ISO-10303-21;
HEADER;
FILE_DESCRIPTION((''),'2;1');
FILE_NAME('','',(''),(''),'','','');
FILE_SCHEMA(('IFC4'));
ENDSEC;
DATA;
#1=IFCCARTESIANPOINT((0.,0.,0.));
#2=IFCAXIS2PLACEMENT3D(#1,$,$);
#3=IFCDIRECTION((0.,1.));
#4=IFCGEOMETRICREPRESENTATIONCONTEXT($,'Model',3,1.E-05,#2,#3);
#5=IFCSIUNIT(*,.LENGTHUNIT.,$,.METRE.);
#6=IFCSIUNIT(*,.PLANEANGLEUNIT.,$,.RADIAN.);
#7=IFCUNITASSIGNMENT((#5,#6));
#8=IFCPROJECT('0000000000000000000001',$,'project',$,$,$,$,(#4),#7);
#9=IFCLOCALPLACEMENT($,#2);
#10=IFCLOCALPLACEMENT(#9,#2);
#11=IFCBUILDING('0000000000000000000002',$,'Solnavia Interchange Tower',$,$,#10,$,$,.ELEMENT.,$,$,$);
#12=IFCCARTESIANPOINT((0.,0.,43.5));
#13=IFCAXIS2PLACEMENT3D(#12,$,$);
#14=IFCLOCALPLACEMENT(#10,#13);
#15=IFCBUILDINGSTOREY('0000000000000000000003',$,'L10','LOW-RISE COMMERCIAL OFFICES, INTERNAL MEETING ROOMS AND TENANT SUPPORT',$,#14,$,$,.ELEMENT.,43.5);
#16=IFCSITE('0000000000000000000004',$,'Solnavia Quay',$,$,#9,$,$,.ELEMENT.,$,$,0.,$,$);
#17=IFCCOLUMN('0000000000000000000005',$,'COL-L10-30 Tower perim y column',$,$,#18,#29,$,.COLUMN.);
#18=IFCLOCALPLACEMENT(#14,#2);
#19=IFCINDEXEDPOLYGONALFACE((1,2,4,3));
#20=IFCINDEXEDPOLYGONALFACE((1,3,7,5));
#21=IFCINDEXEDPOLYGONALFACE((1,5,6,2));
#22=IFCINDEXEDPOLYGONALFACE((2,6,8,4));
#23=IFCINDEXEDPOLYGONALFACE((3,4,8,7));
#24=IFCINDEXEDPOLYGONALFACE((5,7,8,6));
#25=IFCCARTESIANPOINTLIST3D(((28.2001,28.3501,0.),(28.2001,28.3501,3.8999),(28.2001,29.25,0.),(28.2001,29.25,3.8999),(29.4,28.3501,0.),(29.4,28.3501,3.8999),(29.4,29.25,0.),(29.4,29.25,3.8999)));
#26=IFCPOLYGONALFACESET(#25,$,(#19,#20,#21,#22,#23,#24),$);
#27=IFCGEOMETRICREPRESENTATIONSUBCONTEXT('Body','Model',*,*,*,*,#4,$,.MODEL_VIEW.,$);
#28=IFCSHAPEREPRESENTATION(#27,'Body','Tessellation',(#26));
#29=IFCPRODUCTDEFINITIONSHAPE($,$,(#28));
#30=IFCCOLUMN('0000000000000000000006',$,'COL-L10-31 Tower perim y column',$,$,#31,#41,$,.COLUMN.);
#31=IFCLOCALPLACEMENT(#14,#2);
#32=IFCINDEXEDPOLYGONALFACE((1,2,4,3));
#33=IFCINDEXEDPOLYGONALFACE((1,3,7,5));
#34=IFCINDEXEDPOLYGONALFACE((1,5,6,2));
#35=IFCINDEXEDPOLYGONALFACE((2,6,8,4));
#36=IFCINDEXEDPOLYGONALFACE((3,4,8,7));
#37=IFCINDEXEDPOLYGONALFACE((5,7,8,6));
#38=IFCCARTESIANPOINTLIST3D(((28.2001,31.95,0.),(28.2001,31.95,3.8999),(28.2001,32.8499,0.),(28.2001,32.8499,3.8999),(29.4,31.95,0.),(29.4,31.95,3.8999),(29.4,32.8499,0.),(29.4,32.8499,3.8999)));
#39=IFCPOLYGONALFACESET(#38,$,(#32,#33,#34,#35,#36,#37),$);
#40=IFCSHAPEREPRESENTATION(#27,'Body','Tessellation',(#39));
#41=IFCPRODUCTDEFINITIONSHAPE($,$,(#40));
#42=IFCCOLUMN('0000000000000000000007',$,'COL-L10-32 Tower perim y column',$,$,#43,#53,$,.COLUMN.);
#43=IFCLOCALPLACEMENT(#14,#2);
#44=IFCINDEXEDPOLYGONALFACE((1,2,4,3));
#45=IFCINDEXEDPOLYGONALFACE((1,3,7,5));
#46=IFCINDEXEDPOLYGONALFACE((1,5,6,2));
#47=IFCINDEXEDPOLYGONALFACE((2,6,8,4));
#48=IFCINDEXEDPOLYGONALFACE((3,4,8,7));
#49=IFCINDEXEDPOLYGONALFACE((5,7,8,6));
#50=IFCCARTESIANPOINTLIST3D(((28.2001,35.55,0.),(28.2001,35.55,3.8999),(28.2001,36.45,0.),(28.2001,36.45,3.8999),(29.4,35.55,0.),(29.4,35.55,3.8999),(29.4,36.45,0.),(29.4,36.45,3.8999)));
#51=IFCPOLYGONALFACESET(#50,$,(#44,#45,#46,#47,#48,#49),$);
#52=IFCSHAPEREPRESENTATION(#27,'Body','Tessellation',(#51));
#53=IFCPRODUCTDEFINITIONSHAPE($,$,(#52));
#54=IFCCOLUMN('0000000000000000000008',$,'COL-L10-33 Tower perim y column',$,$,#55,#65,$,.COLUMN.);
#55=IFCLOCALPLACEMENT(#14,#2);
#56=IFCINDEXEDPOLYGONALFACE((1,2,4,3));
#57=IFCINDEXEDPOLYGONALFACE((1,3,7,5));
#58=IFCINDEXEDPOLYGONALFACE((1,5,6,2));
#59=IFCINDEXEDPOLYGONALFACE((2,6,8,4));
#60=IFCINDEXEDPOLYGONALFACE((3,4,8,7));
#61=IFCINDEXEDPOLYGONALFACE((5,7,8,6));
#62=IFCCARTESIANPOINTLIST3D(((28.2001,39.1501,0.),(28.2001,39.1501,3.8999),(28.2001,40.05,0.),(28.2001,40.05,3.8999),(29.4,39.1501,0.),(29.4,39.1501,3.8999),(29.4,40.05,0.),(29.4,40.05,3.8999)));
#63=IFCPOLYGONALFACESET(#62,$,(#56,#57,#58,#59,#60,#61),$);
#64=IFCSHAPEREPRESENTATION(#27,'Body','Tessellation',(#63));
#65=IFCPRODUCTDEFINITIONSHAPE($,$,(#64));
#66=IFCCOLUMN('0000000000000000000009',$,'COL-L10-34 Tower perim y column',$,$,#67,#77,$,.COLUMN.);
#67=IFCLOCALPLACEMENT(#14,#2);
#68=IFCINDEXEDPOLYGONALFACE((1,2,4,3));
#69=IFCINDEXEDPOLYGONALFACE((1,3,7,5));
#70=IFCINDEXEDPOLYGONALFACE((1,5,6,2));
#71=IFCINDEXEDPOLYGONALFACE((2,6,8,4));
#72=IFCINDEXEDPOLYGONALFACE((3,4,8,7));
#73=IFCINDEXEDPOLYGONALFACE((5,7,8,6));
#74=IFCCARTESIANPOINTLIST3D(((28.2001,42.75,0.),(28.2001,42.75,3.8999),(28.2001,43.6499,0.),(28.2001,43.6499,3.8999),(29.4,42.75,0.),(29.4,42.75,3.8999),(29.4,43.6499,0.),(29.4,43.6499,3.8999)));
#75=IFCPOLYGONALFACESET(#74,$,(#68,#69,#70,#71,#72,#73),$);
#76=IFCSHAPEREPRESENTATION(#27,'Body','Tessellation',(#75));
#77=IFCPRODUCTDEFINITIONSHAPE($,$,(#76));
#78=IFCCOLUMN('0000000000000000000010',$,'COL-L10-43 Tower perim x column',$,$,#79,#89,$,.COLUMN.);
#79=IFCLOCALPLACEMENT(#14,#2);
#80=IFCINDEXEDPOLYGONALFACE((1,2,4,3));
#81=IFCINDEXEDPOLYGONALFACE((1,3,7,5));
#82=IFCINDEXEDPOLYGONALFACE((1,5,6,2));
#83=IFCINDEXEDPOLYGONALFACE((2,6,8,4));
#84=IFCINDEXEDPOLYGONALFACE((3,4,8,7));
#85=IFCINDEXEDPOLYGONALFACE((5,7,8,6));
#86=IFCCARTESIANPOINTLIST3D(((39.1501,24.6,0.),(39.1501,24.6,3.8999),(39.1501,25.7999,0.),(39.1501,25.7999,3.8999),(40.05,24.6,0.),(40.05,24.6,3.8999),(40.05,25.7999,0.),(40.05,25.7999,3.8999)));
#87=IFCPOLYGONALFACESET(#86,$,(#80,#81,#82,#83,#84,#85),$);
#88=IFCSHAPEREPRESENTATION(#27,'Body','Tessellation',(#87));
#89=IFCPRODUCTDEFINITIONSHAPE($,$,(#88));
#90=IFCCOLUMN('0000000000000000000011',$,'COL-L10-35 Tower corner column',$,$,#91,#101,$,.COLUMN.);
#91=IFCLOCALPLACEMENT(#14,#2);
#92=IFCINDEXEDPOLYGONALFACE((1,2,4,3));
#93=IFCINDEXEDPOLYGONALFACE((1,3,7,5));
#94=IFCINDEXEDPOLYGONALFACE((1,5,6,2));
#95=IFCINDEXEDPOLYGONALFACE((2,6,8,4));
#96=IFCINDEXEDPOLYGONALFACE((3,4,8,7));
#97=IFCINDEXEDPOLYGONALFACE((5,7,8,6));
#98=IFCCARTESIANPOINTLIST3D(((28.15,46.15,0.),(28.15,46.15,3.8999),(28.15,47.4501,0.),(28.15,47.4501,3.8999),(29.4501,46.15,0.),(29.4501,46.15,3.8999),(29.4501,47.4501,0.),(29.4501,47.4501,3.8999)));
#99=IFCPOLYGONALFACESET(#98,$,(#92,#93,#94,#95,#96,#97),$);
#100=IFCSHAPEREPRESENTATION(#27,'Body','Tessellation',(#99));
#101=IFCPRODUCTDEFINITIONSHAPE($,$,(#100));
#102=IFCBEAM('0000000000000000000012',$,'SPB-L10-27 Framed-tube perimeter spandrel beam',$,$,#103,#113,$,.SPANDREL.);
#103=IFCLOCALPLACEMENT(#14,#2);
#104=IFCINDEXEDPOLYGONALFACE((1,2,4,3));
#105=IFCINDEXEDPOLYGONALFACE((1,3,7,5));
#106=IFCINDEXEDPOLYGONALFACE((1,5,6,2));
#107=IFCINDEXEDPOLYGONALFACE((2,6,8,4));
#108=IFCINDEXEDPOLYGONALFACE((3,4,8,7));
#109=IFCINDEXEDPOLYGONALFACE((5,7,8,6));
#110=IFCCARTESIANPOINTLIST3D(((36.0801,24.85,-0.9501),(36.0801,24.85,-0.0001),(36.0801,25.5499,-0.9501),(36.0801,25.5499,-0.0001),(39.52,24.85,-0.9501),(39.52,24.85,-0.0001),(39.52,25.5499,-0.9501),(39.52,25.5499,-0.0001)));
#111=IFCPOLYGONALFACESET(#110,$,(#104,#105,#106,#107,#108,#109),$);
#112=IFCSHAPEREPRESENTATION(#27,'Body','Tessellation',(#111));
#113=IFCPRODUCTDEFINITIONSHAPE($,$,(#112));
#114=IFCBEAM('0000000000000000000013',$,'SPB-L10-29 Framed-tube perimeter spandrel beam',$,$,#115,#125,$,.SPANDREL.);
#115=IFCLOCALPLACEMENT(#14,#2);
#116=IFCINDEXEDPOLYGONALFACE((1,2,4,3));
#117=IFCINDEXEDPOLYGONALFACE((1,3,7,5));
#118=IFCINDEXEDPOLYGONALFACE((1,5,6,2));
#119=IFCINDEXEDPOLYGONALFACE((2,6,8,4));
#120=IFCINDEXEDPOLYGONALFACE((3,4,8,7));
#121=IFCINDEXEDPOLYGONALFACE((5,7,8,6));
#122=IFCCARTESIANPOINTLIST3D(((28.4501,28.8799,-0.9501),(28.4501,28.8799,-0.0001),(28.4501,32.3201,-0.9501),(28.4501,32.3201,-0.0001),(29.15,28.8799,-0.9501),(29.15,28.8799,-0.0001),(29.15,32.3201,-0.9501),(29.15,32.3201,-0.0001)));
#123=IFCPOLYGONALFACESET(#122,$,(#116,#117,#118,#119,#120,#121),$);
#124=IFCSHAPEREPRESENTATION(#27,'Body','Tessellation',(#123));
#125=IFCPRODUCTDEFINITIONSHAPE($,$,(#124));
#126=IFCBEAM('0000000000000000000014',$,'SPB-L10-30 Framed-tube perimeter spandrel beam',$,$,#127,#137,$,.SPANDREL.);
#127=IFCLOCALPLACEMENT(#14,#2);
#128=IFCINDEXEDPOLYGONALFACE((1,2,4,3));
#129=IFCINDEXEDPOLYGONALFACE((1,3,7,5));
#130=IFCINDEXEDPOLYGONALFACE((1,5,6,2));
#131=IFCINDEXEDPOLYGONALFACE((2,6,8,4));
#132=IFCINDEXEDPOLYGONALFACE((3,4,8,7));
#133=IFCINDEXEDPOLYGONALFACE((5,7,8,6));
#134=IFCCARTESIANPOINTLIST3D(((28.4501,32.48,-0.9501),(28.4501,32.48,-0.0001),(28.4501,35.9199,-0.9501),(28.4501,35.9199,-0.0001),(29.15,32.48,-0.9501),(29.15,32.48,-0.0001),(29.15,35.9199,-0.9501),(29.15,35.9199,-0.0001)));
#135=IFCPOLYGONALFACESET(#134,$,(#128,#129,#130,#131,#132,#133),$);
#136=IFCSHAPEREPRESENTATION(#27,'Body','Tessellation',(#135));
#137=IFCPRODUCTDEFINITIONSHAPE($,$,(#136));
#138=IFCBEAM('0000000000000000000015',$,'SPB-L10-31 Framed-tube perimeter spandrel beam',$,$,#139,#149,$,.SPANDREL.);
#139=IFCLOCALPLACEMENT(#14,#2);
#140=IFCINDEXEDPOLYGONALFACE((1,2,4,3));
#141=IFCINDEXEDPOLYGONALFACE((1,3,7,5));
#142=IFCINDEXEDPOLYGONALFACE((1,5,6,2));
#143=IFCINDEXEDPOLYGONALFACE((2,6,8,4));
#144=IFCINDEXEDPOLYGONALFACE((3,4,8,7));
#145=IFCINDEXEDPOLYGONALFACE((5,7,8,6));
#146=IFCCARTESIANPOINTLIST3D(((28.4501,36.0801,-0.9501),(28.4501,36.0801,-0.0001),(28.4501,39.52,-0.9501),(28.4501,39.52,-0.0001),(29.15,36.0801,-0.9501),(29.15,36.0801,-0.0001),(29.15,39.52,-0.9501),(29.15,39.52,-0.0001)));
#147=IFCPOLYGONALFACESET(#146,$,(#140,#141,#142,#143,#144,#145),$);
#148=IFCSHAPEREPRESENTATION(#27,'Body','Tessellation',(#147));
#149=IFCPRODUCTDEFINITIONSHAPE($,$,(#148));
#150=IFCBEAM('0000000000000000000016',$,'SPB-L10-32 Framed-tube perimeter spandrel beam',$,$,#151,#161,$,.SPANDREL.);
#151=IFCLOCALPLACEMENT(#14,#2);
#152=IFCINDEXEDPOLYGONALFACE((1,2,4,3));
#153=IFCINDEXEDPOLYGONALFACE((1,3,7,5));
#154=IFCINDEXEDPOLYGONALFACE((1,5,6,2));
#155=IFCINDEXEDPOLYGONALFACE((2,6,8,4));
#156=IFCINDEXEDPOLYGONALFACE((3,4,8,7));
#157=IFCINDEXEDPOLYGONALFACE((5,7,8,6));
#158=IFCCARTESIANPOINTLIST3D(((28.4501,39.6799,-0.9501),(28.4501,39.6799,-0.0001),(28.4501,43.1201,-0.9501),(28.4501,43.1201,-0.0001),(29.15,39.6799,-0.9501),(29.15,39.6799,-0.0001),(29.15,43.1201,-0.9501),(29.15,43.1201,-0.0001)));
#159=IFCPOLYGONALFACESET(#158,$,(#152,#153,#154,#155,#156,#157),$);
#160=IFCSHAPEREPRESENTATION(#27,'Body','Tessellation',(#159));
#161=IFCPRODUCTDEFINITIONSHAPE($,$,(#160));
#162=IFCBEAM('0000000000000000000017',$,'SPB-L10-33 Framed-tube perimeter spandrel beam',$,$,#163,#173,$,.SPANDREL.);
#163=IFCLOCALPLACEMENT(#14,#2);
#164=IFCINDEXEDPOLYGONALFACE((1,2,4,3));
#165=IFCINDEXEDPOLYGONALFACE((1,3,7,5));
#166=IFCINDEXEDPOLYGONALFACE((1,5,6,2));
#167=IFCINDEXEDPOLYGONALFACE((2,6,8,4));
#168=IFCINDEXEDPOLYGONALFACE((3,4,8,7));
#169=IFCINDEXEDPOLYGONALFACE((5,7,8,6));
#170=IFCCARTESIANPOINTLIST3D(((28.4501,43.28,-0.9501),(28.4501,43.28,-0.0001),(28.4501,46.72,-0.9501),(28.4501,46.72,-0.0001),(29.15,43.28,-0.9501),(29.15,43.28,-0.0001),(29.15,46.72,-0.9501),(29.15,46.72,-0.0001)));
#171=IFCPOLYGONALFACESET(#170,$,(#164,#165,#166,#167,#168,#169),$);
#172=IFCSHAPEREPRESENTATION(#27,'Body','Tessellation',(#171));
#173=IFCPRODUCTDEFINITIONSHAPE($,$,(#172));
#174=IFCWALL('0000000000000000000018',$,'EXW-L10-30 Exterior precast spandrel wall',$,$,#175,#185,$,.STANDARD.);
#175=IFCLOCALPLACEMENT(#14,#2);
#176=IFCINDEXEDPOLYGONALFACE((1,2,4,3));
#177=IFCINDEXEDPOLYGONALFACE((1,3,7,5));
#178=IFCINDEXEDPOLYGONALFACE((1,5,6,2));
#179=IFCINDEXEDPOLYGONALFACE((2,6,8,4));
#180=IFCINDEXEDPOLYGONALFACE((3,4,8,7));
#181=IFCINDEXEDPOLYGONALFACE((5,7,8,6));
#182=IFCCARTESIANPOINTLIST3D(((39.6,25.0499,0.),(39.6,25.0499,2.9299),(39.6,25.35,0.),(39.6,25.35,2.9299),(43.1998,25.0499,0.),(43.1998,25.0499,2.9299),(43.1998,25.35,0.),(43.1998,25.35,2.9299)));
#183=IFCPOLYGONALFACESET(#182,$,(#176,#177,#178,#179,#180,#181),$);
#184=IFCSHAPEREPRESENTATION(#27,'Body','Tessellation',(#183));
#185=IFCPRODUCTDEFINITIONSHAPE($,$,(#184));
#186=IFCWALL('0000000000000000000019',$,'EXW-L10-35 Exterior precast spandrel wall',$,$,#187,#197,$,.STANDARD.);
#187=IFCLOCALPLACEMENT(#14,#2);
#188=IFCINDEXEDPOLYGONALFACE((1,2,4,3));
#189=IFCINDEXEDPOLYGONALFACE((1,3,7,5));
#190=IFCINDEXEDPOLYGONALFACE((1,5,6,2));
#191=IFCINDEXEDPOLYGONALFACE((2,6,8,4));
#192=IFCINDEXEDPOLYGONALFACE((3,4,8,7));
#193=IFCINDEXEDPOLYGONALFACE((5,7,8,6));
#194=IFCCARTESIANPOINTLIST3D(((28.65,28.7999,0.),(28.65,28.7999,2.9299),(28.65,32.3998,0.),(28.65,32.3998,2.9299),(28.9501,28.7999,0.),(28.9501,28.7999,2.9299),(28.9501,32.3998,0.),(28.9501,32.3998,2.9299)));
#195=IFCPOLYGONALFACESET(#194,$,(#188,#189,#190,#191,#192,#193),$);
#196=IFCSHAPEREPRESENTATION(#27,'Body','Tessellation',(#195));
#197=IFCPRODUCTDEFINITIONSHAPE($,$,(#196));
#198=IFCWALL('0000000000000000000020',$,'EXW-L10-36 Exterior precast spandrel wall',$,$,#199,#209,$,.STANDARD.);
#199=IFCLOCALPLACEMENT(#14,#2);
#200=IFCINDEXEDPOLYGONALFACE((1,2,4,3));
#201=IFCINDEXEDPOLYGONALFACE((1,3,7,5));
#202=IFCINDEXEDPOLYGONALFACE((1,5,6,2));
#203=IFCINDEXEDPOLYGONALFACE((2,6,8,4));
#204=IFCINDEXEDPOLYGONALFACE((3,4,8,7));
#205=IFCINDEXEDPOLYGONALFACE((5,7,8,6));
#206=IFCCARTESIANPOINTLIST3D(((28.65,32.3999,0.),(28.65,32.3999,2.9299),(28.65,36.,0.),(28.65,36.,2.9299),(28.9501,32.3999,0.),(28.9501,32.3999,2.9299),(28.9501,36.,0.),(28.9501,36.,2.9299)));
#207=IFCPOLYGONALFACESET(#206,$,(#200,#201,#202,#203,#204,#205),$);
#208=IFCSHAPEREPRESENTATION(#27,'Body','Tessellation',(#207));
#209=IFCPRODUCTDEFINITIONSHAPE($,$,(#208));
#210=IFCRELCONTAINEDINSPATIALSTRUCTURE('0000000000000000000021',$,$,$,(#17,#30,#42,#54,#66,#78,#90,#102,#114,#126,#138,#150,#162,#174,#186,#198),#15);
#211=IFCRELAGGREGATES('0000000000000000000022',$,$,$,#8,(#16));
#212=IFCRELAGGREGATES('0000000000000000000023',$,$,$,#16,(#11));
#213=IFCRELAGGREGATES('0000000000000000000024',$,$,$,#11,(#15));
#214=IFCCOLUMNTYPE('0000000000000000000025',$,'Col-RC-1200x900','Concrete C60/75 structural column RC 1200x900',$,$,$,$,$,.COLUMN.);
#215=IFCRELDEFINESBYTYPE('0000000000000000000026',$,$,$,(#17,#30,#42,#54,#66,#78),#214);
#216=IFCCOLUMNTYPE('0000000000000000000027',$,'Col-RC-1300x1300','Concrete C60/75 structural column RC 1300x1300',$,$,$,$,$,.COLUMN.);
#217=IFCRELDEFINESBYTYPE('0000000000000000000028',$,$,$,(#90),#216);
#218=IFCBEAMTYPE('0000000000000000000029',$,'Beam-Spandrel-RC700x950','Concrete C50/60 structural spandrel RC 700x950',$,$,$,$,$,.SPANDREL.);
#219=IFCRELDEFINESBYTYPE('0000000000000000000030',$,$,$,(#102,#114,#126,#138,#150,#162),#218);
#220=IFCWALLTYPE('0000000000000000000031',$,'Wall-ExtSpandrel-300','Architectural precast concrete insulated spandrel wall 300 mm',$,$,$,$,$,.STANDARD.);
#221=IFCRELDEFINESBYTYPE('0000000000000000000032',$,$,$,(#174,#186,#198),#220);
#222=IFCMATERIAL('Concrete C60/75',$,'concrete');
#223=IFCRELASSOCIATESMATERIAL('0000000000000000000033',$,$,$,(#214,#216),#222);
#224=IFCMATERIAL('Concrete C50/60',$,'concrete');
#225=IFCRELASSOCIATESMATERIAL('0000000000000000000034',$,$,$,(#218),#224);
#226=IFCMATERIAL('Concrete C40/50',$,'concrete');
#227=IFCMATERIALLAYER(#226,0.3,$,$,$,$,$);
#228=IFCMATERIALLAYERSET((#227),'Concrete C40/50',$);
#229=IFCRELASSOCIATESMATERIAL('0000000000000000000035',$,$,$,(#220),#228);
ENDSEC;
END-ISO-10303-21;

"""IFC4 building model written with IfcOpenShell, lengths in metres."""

from ifc_helpers import new_model, si_unit, direction, frame, frame_2d, origin, origin_2d, place, context, subcontext, project, spatial, rectangle, extrude, material, layer, layer_set, material_profile, profile_set, type_object, element, save


model = new_model("IFC4")

# Units and contexts
model_context = context("Model", 3, precision=1e-05, world=origin(), true_north=direction((0.0, 1.0)))
body_context = subcontext(model_context, "Body", "Model", "MODEL_VIEW")
ifc_project = project(units=[si_unit("LENGTHUNIT", "METRE"), si_unit("PLANEANGLEUNIT", "RADIAN")], contexts=[model_context])

# Site, building, storey
site_placement = place(None, origin())
site = spatial("IfcSite", under=ifc_project, at=site_placement, Name="Solnavia Quay", CompositionType="ELEMENT", RefElevation=0.0)
building_placement = place(site_placement, origin())
building = spatial("IfcBuilding", under=site, at=building_placement, Name="Solnavia Interchange Tower", CompositionType="ELEMENT")
storey_placement = place(building_placement, frame((0.0, 0.0, 43.5)))
storey = spatial("IfcBuildingStorey", under=building, at=storey_placement, Name="L10", Description="LOW-RISE COMMERCIAL OFFICES, INTERNAL MEETING ROOMS AND TENANT SUPPORT", CompositionType="ELEMENT", Elevation=43.5)

# Columns
ifc_material_1 = material(Name="Concrete C60/75", Category="concrete")
ifc_material_profile_1 = material_profile(ifc_material_1, rectangle(XDim=0.8999, YDim=1.2, at=origin_2d()), Name="RC 1200x900")
ifc_profile_set_1 = profile_set([ifc_material_profile_1], Name="Concrete C60/75")
column_type_1 = type_object("IfcColumnType", Name="Col-RC-1200x900", Description="Concrete C60/75 structural column RC 1200x900", PredefinedType="COLUMN", material=ifc_profile_set_1)
for number, where, z_axis, x_axis, name in (
    (1, (28.8, 28.8, 0.0), (0.0, 0.0, 1.0), (0.0, 1.0, 0.0), "COL-L10-30 Tower perim y column"),
    (2, (28.8, 32.3999, 0.0), (0.0, 0.0, 1.0), (0.0, 1.0, 0.0), "COL-L10-31 Tower perim y column"),
    (3, (28.8, 36.0, 0.0), (0.0, 0.0, 1.0), (0.0, 1.0, 0.0), "COL-L10-32 Tower perim y column"),
    (4, (28.8, 39.6001, 0.0), (0.0, 0.0, 1.0), (0.0, 1.0, 0.0), "COL-L10-33 Tower perim y column"),
    (5, (28.8, 43.2, 0.0), (0.0, 0.0, 1.0), (0.0, 1.0, 0.0), "COL-L10-34 Tower perim y column"),
    (6, (39.6001, 25.2, 0.0), (0.0, 0.0, 1.0), (1.0, 0.0, 0.0), "COL-L10-43 Tower perim x column"),
):
    element("IfcColumn", number, at=place(storey_placement, frame(where, z_axis=z_axis, x_axis=x_axis)), inside=storey, type_object=column_type_1, Name=name, PredefinedType="COLUMN", context=body_context, shape_type="SweptSolid", body=[
        extrude(rectangle(XDim=0.8999, YDim=1.2, at=origin_2d()), origin(), (0.0, 0.0, 1.0), 3.8999),
    ])
ifc_material_profile_2 = material_profile(ifc_material_1, rectangle(XDim=1.3, YDim=1.3, at=origin_2d()), Name="RC 1300x1300")
ifc_profile_set_2 = profile_set([ifc_material_profile_2], Name="Concrete C60/75")
column_type_2 = type_object("IfcColumnType", Name="Col-RC-1300x1300", Description="Concrete C60/75 structural column RC 1300x1300", PredefinedType="COLUMN", material=ifc_profile_set_2)
column_placement = place(storey_placement, frame((28.8, 46.8, 0.0), z_axis=(0.0, 0.0, 1.0), x_axis=(0.0, 1.0, 0.0)))
element("IfcColumn", 7, at=column_placement, inside=storey, type_object=column_type_2, Name="COL-L10-35 Tower corner column", PredefinedType="COLUMN", context=body_context, shape_type="SweptSolid", body=[
    extrude(rectangle(XDim=1.3, YDim=1.3, at=origin_2d()), origin(), (0.0, 0.0, 1.0), 3.8999),
])

# Beams
ifc_material_2 = material(Name="Concrete C50/60", Category="concrete")
ifc_material_profile_3 = material_profile(ifc_material_2, rectangle(XDim=0.7, YDim=0.95, at=origin_2d()), Name="RC 700x950")
ifc_profile_set_3 = profile_set([ifc_material_profile_3], Name="Concrete C50/60")
beam_type = type_object("IfcBeamType", Name="Beam-Spandrel-RC700x950", Description="Concrete C50/60 structural spandrel RC 700x950", PredefinedType="SPANDREL", material=ifc_profile_set_3)
beam_1_placement = place(storey_placement, frame((39.52, 25.2, -0.4751), z_axis=(-1.0, 0.0, 0.0), x_axis=(0.0, -1.0, 0.0)))
element("IfcBeam", 8, at=beam_1_placement, inside=storey, type_object=beam_type, Name="SPB-L10-27 Framed-tube perimeter spandrel beam", PredefinedType="SPANDREL", context=body_context, shape_type="SweptSolid", body=[
    extrude(rectangle(XDim=0.7, YDim=0.95, at=origin_2d()), origin(), (0.0, 0.0, 1.0), 3.4399),
])
beam_2_placement = place(storey_placement, frame((28.8, 28.8799, -0.4751), z_axis=(0.0, 1.0, 0.0), x_axis=(-1.0, 0.0, 0.0)))
element("IfcBeam", 9, at=beam_2_placement, inside=storey, type_object=beam_type, Name="SPB-L10-29 Framed-tube perimeter spandrel beam", PredefinedType="SPANDREL", context=body_context, shape_type="SweptSolid", body=[
    extrude(rectangle(XDim=0.7, YDim=0.95, at=origin_2d()), origin(), (0.0, 0.0, 1.0), 3.4402),
])
for number, where, z_axis, x_axis, name in (
    (10, (28.8, 32.48, -0.4751), (0.0, 1.0, 0.0), (-1.0, 0.0, 0.0), "SPB-L10-30 Framed-tube perimeter spandrel beam"),
    (11, (28.8, 36.0801, -0.4751), (0.0, 1.0, 0.0), (-1.0, 0.0, 0.0), "SPB-L10-31 Framed-tube perimeter spandrel beam"),
):
    element("IfcBeam", number, at=place(storey_placement, frame(where, z_axis=z_axis, x_axis=x_axis)), inside=storey, type_object=beam_type, Name=name, PredefinedType="SPANDREL", context=body_context, shape_type="SweptSolid", body=[
        extrude(rectangle(XDim=0.7, YDim=0.95, at=origin_2d()), origin(), (0.0, 0.0, 1.0), 3.4399),
    ])
beam_3_placement = place(storey_placement, frame((28.8, 39.6799, -0.4751), z_axis=(0.0, 1.0, 0.0), x_axis=(-1.0, 0.0, 0.0)))
element("IfcBeam", 12, at=beam_3_placement, inside=storey, type_object=beam_type, Name="SPB-L10-32 Framed-tube perimeter spandrel beam", PredefinedType="SPANDREL", context=body_context, shape_type="SweptSolid", body=[
    extrude(rectangle(XDim=0.7, YDim=0.95, at=origin_2d()), origin(), (0.0, 0.0, 1.0), 3.4402),
])
beam_4_placement = place(storey_placement, frame((28.8, 43.28, -0.4751), z_axis=(0.0, 1.0, 0.0), x_axis=(-1.0, 0.0, 0.0)))
element("IfcBeam", 13, at=beam_4_placement, inside=storey, type_object=beam_type, Name="SPB-L10-33 Framed-tube perimeter spandrel beam", PredefinedType="SPANDREL", context=body_context, shape_type="SweptSolid", body=[
    extrude(rectangle(XDim=0.7, YDim=0.95, at=origin_2d()), origin(), (0.0, 0.0, 1.0), 3.4399),
])

# Walls
ifc_material_3 = material(Name="Concrete C40/50", Category="concrete")
ifc_layer = layer(ifc_material_3, 0.3)
ifc_layer_set = layer_set([ifc_layer], Name="Concrete C40/50")
wall_type = type_object("IfcWallType", Name="Wall-ExtSpandrel-300", Description="Architectural precast concrete insulated spandrel wall 300 mm", PredefinedType="STANDARD", material=ifc_layer_set)
for number, where, z_axis, x_axis, name in (
    (14, (39.6001, 25.2, 0.0), (0.0, 0.0, 1.0), (1.0, 0.0, 0.0), "EXW-L10-30 Exterior precast spandrel wall"),
    (15, (28.8, 28.8, 0.0), (0.0, 0.0, 1.0), (0.0, 1.0, 0.0), "EXW-L10-35 Exterior precast spandrel wall"),
):
    element("IfcWall", number, at=place(storey_placement, frame(where, z_axis=z_axis, x_axis=x_axis)), inside=storey, type_object=wall_type, Name=name, PredefinedType="STANDARD", context=body_context, shape_type="SweptSolid", body=[
        extrude(rectangle(XDim=3.5999, YDim=0.3, at=frame_2d((1.7998, 0.0))), origin(), (0.0, 0.0, 1.0), 2.9299),
    ])
for number, where, z_axis, x_axis, name in (
    (16, (28.8, 32.3999, 0.0), (0.0, 0.0, 1.0), (0.0, 1.0, 0.0), "EXW-L10-36 Exterior precast spandrel wall"),
):
    element("IfcWall", number, at=place(storey_placement, frame(where, z_axis=z_axis, x_axis=x_axis)), inside=storey, type_object=wall_type, Name=name, PredefinedType="STANDARD", context=body_context, shape_type="SweptSolid", body=[
        extrude(rectangle(XDim=3.6001, YDim=0.3, at=frame_2d((1.8, 0.0))), origin(), (0.0, 0.0, 1.0), 2.9299),
    ])

save(model, "model.ifc")
